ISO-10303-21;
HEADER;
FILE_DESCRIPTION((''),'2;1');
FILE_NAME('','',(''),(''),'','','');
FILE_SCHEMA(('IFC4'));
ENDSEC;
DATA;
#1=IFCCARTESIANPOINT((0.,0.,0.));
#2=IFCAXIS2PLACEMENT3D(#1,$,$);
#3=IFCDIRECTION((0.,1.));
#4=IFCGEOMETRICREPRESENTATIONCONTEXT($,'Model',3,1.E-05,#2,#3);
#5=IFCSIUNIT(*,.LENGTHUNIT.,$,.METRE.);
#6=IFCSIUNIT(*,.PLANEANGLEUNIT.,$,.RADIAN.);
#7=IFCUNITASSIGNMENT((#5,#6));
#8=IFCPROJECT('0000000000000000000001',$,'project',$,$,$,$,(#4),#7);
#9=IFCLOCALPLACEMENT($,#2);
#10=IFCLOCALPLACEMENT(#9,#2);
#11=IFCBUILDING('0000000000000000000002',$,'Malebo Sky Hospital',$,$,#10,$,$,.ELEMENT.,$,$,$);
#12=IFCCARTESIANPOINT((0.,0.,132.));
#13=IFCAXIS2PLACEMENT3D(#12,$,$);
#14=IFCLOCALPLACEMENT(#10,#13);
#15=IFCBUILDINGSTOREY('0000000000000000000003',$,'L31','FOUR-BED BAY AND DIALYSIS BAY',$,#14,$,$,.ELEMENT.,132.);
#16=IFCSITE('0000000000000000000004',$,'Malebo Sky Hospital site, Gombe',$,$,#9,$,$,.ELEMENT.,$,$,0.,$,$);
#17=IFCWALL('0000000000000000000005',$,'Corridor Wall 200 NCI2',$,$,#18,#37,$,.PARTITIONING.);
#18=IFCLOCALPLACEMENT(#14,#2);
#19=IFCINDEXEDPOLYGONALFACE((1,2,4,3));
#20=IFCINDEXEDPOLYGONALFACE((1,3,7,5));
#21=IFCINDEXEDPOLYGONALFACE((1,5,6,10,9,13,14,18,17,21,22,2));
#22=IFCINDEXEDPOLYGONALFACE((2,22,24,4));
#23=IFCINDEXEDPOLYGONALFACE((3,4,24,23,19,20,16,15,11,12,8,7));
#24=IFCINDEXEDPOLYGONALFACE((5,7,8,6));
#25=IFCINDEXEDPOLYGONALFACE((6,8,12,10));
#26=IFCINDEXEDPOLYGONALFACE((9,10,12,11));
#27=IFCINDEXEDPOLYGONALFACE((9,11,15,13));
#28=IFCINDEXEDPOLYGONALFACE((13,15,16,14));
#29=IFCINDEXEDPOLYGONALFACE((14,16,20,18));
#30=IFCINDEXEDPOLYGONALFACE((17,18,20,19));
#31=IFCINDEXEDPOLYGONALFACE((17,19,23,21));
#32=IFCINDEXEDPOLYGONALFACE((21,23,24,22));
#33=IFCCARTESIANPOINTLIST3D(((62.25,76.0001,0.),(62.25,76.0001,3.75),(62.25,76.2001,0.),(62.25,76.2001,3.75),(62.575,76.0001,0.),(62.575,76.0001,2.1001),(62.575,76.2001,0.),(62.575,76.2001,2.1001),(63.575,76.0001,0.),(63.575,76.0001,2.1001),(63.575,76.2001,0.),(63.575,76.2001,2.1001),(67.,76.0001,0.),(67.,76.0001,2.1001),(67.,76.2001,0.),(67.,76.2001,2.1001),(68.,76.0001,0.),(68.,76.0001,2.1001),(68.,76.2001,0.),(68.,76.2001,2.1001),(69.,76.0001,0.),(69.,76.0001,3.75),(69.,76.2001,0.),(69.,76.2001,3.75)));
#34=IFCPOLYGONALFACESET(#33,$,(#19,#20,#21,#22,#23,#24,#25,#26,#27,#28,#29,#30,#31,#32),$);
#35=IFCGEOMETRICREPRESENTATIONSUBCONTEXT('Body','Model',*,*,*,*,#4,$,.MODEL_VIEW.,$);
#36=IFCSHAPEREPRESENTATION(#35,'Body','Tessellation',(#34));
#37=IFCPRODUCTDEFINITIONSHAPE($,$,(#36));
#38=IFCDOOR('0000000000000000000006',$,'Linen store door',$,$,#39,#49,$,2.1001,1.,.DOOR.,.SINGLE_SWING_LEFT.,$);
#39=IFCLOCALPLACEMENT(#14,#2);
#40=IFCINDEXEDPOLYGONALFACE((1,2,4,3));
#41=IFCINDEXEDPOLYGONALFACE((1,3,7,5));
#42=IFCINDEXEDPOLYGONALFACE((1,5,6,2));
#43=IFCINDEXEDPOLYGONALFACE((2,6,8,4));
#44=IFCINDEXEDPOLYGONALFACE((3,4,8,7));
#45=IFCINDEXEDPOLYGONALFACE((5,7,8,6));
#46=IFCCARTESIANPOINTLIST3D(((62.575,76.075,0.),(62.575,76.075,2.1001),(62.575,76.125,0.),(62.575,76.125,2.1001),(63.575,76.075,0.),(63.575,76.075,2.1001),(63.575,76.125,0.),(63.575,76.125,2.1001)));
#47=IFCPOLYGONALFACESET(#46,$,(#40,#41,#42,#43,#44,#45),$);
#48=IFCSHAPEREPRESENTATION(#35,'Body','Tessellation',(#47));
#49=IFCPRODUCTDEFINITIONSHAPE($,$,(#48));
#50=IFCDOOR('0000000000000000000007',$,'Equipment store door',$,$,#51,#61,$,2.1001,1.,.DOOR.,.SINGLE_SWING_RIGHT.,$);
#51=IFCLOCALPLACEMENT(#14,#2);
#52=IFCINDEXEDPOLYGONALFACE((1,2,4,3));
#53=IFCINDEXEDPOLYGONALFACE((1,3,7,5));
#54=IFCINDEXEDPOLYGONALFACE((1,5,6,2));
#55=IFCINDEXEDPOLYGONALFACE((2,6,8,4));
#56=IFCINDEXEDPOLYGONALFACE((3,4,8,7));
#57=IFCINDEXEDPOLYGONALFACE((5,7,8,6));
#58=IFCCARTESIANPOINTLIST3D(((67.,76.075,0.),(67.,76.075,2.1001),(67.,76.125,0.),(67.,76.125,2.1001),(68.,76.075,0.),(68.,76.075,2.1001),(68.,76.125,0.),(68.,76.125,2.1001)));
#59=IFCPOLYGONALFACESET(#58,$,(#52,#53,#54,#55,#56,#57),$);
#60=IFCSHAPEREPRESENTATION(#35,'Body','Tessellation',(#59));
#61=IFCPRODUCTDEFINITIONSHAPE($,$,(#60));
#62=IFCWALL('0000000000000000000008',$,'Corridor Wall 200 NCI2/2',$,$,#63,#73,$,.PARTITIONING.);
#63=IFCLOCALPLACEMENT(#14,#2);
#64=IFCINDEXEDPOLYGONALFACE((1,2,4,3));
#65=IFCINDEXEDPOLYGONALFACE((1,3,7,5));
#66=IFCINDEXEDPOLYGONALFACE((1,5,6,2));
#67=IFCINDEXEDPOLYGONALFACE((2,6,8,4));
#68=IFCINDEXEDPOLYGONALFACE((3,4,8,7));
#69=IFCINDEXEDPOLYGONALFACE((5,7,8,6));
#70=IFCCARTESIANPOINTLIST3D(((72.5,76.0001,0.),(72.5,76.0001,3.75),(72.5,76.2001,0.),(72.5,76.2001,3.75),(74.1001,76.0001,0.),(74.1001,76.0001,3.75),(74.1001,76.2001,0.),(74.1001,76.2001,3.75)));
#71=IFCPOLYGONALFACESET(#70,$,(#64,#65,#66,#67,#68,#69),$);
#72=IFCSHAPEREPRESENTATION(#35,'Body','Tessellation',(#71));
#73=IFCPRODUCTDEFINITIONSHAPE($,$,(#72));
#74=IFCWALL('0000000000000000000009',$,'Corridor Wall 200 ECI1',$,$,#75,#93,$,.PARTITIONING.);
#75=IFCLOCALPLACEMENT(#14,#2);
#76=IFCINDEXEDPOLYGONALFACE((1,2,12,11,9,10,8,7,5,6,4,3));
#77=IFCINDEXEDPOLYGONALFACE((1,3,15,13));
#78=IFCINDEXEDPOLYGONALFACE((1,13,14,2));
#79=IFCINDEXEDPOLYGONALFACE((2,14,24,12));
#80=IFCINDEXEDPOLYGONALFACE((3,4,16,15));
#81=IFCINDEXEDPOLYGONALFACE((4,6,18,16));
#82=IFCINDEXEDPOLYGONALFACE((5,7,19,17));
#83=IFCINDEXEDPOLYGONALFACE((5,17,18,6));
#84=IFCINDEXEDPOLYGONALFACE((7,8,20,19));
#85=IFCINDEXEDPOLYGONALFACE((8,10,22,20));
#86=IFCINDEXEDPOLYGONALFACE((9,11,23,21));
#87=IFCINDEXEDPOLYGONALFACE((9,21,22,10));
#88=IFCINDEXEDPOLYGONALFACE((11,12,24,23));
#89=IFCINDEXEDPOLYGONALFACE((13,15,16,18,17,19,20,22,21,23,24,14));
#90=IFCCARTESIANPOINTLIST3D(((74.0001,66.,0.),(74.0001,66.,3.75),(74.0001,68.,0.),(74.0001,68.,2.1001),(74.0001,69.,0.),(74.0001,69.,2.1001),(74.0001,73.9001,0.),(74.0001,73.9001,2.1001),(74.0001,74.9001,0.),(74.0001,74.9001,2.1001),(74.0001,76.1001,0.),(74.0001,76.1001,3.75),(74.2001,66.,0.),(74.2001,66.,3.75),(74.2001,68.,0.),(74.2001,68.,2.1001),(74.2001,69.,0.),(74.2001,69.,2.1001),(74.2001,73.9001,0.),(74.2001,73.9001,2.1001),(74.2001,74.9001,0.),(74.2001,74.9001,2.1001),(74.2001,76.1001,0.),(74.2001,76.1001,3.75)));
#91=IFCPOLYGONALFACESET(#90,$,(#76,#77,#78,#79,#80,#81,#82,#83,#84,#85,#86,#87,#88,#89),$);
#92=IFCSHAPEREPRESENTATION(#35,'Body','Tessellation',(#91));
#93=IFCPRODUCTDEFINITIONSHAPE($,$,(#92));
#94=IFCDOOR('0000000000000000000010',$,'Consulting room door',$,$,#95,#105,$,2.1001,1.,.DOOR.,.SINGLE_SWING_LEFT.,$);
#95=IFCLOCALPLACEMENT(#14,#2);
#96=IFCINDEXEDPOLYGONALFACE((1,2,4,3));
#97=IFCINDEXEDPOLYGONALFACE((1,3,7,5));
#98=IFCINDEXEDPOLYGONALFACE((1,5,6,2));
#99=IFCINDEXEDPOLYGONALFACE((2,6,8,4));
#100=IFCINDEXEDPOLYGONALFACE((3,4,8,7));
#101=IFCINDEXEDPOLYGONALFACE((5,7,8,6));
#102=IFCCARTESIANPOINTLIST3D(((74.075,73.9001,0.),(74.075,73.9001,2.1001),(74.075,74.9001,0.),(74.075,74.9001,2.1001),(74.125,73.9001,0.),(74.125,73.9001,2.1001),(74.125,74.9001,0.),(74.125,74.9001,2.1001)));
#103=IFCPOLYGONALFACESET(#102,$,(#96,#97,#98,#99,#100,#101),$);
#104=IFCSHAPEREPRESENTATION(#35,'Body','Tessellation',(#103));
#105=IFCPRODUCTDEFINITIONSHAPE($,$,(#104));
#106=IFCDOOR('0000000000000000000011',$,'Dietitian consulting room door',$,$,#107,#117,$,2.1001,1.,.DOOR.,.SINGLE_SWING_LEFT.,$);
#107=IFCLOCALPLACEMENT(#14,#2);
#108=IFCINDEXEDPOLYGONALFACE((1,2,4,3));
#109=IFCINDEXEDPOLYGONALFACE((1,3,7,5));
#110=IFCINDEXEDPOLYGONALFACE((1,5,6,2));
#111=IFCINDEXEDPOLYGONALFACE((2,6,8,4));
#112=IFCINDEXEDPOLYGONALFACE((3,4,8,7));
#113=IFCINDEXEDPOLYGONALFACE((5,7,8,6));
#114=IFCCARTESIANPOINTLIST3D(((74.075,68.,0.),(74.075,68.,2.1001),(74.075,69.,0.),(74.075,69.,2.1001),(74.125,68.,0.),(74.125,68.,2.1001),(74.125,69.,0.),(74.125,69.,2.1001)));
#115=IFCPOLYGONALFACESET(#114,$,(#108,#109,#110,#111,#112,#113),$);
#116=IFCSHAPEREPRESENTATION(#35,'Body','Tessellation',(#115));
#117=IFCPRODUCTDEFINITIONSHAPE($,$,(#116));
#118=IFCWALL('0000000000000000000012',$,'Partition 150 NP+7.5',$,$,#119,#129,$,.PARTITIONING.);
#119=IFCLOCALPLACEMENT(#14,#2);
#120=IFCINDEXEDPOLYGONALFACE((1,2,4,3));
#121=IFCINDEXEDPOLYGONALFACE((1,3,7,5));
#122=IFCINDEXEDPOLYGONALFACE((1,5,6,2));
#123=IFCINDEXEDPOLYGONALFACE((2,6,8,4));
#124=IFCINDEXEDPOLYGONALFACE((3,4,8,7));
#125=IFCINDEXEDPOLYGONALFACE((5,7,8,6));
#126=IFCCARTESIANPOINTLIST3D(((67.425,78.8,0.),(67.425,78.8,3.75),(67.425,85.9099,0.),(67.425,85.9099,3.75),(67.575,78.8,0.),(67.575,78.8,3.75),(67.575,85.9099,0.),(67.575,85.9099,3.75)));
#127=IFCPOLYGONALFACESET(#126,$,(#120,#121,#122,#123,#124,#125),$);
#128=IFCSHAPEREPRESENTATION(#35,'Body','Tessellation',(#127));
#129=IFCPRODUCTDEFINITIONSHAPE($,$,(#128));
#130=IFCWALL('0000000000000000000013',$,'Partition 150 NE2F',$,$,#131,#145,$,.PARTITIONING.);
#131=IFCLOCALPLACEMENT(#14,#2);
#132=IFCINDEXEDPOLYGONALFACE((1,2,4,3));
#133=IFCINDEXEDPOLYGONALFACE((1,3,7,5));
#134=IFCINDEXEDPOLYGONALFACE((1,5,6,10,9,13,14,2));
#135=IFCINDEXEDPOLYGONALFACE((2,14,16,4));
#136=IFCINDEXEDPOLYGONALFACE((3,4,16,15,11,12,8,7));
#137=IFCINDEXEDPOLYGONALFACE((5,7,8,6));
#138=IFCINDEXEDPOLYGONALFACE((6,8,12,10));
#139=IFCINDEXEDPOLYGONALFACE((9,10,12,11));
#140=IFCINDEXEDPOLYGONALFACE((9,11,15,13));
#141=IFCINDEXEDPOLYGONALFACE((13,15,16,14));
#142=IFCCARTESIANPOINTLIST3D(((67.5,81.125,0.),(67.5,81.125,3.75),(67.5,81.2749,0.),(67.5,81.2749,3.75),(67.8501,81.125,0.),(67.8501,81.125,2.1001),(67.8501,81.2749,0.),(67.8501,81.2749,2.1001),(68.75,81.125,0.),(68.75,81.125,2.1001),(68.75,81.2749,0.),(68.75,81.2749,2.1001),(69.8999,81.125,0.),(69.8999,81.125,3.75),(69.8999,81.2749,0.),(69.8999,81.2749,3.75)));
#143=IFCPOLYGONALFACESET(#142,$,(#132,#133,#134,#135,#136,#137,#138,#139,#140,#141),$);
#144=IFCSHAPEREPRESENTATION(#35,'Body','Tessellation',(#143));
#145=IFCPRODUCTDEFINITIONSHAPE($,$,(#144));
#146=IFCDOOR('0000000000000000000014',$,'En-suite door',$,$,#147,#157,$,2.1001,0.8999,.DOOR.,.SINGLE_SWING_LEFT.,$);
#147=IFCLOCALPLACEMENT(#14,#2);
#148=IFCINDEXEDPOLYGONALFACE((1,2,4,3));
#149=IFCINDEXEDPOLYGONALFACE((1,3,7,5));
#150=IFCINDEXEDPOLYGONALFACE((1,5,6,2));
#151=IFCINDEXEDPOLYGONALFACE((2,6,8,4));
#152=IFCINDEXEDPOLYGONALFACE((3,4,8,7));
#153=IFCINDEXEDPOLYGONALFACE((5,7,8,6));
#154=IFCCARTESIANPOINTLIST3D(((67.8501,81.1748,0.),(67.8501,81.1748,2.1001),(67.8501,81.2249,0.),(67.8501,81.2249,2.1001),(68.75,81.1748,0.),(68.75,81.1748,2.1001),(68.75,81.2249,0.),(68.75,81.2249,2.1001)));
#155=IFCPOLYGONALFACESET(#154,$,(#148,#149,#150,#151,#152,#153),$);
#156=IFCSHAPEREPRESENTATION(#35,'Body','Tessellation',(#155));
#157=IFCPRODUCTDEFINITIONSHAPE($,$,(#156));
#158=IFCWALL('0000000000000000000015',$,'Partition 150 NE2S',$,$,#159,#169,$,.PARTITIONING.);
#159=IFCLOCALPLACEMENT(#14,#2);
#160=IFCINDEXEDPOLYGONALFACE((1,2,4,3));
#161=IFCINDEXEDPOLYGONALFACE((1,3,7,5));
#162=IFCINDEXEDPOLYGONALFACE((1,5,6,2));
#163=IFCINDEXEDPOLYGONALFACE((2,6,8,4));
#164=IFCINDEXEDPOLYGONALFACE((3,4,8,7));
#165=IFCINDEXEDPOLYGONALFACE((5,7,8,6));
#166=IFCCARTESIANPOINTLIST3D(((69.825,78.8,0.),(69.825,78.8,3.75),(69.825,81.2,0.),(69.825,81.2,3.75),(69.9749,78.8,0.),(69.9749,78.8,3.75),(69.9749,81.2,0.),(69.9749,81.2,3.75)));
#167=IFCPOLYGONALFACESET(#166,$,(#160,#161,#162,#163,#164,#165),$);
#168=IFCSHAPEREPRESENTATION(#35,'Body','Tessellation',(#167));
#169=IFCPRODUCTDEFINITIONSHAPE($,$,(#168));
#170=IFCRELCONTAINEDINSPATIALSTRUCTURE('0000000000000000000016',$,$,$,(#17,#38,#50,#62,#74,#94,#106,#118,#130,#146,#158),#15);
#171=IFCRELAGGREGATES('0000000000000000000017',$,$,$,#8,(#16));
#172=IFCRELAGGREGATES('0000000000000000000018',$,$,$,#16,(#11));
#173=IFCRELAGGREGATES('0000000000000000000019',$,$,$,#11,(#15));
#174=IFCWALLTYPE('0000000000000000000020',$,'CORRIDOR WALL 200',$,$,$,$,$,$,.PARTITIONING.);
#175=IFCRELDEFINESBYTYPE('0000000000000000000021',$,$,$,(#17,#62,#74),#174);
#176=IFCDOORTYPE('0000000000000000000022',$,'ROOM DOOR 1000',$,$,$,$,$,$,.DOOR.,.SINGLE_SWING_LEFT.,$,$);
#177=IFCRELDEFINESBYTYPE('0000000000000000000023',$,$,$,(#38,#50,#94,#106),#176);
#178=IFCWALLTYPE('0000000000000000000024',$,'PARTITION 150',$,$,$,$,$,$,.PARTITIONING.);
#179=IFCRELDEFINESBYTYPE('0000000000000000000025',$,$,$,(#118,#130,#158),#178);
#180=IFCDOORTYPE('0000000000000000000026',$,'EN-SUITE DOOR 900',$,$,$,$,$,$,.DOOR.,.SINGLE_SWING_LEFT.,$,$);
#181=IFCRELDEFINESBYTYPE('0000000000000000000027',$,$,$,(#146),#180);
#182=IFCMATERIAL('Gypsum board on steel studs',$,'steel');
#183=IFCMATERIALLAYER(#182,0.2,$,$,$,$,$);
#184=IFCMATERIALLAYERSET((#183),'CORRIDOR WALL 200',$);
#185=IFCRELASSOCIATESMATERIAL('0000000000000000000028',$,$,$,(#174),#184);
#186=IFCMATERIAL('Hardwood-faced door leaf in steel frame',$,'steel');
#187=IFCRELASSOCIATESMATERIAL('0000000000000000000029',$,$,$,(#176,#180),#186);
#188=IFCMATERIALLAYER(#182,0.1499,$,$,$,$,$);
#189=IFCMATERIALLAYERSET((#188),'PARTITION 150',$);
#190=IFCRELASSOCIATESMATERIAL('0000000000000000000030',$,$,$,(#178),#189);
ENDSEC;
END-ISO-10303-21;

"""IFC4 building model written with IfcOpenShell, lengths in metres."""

from ifc_helpers import new_model, si_unit, direction, frame, frame_2d, origin, place, context, subcontext, project, spatial, rectangle, extrude, material, layer, layer_set, type_object, element, fill, save


model = new_model("IFC4")

# Units and contexts
model_context = context("Model", 3, precision=1e-05, world=origin(), true_north=direction((0.0, 1.0)))
body_context = subcontext(model_context, "Body", "Model", "MODEL_VIEW")
ifc_project = project(units=[si_unit("LENGTHUNIT", "METRE"), si_unit("PLANEANGLEUNIT", "RADIAN")], contexts=[model_context])

# Site, building, storey
site_placement = place(None, origin())
site = spatial("IfcSite", under=ifc_project, at=site_placement, Name="Malebo Sky Hospital site, Gombe", CompositionType="ELEMENT", RefElevation=0.0)
building_placement = place(site_placement, origin())
building = spatial("IfcBuilding", under=site, at=building_placement, Name="Malebo Sky Hospital", CompositionType="ELEMENT")
storey_placement = place(building_placement, frame((0.0, 0.0, 132.0)))
storey = spatial("IfcBuildingStorey", under=building, at=storey_placement, Name="L31", Description="FOUR-BED BAY AND DIALYSIS BAY", CompositionType="ELEMENT", Elevation=132.0)

# Wall, openings, doors
ifc_material_1 = material(Name="Gypsum board on steel studs", Category="steel")
ifc_layer_1 = layer(ifc_material_1, 0.2)
ifc_layer_set_1 = layer_set([ifc_layer_1], Name="CORRIDOR WALL 200")
wall_type_1 = type_object("IfcWallType", Name="CORRIDOR WALL 200", PredefinedType="PARTITIONING", material=ifc_layer_set_1)
wall_1_placement = place(storey_placement, frame((62.25, 76.1001, 0.0), z_axis=(0.0, 0.0, 1.0), x_axis=(1.0, 0.0, 0.0)))
wall_1 = element("IfcWall", 1, at=wall_1_placement, inside=storey, type_object=wall_type_1, Name="Corridor Wall 200 NCI2", PredefinedType="PARTITIONING", context=body_context, shape_type="SweptSolid", body=[
    extrude(rectangle(XDim=6.75, YDim=0.2, at=frame_2d((3.375, 0.0))), origin(), (0.0, 0.0, 1.0), 3.75),
])
opening_1_placement = place(wall_1_placement, frame((0.325, 0.0, 0.0)))
opening_1 = element("IfcOpeningElement", 2, at=opening_1_placement, cuts=wall_1, PredefinedType="OPENING", context=body_context, shape_type="SweptSolid", body=[
    extrude(rectangle(XDim=1.0, YDim=2.1001, at=frame_2d((0.5, 1.05))), frame((0.0, 0.1099, 0.0), z_axis=(0.0, -1.0, 0.0), x_axis=(1.0, 0.0, 0.0)), (0.0, 0.0, 1.0), 0.22),
])
opening_2_placement = place(wall_1_placement, frame((4.75, 0.0, 0.0)))
opening_2 = element("IfcOpeningElement", 3, at=opening_2_placement, cuts=wall_1, PredefinedType="OPENING", context=body_context, shape_type="SweptSolid", body=[
    extrude(rectangle(XDim=1.0, YDim=2.1001, at=frame_2d((0.5, 1.05))), frame((0.0, 0.1099, 0.0), z_axis=(0.0, -1.0, 0.0), x_axis=(1.0, 0.0, 0.0)), (0.0, 0.0, 1.0), 0.22),
])
ifc_material_2 = material(Name="Hardwood-faced door leaf in steel frame", Category="steel")
door_type_1 = type_object("IfcDoorType", Name="ROOM DOOR 1000", OperationType="SINGLE_SWING_LEFT", PredefinedType="DOOR", material=ifc_material_2)
door_1_placement = place(opening_1_placement, origin())
door_1 = element("IfcDoor", 4, at=door_1_placement, inside=storey, type_object=door_type_1, Name="Linen store door", OperationType="SINGLE_SWING_LEFT", OverallHeight=2.1001, OverallWidth=1.0, PredefinedType="DOOR", context=body_context, shape_type="SweptSolid", body=[
    extrude(rectangle(XDim=1.0, YDim=2.1001, at=frame_2d((0.5, 1.05))), frame((0.0, 0.0249, 0.0), z_axis=(0.0, -1.0, 0.0), x_axis=(1.0, 0.0, 0.0)), (0.0, 0.0, 1.0), 0.05),
])
fill(opening_1, door_1)
door_2_placement = place(opening_2_placement, origin())
door_2 = element("IfcDoor", 5, at=door_2_placement, inside=storey, type_object=door_type_1, Name="Equipment store door", OperationType="SINGLE_SWING_RIGHT", OverallHeight=2.1001, OverallWidth=1.0, PredefinedType="DOOR", context=body_context, shape_type="SweptSolid", body=[
    extrude(rectangle(XDim=1.0, YDim=2.1001, at=frame_2d((0.5, 1.05))), frame((0.0, 0.0249, 0.0), z_axis=(0.0, -1.0, 0.0), x_axis=(1.0, 0.0, 0.0)), (0.0, 0.0, 1.0), 0.05),
])
fill(opening_2, door_2)

# Wall
wall_2_placement = place(storey_placement, frame((72.5, 76.1001, 0.0), z_axis=(0.0, 0.0, 1.0), x_axis=(1.0, 0.0, 0.0)))
element("IfcWall", 6, at=wall_2_placement, inside=storey, type_object=wall_type_1, Name="Corridor Wall 200 NCI2/2", PredefinedType="PARTITIONING", context=body_context, shape_type="SweptSolid", body=[
    extrude(rectangle(XDim=1.6001, YDim=0.2, at=frame_2d((0.8, 0.0))), origin(), (0.0, 0.0, 1.0), 3.75),
])

# Wall, openings, doors
wall_3_placement = place(storey_placement, frame((74.1001, 76.1001, 0.0), z_axis=(0.0, 0.0, 1.0), x_axis=(0.0, -1.0, 0.0)))
wall_3 = element("IfcWall", 7, at=wall_3_placement, inside=storey, type_object=wall_type_1, Name="Corridor Wall 200 ECI1", PredefinedType="PARTITIONING", context=body_context, shape_type="SweptSolid", body=[
    extrude(rectangle(XDim=10.1001, YDim=0.2, at=frame_2d((5.05, 0.0))), origin(), (0.0, 0.0, 1.0), 3.75),
])
opening_3_placement = place(wall_3_placement, frame((1.2, 0.0, 0.0)))
opening_3 = element("IfcOpeningElement", 8, at=opening_3_placement, cuts=wall_3, PredefinedType="OPENING", context=body_context, shape_type="SweptSolid", body=[
    extrude(rectangle(XDim=1.0, YDim=2.1001, at=frame_2d((0.5, 1.05))), frame((0.0, 0.1099, 0.0), z_axis=(0.0, -1.0, 0.0), x_axis=(1.0, 0.0, 0.0)), (0.0, 0.0, 1.0), 0.22),
])
opening_4_placement = place(wall_3_placement, frame((7.1001, 0.0, 0.0)))
opening_4 = element("IfcOpeningElement", 9, at=opening_4_placement, cuts=wall_3, PredefinedType="OPENING", context=body_context, shape_type="SweptSolid", body=[
    extrude(rectangle(XDim=1.0, YDim=2.1001, at=frame_2d((0.5, 1.05))), frame((0.0, 0.1099, 0.0), z_axis=(0.0, -1.0, 0.0), x_axis=(1.0, 0.0, 0.0)), (0.0, 0.0, 1.0), 0.22),
])
door_3_placement = place(opening_3_placement, origin())
door_3 = element("IfcDoor", 10, at=door_3_placement, inside=storey, type_object=door_type_1, Name="Consulting room door", OperationType="SINGLE_SWING_LEFT", OverallHeight=2.1001, OverallWidth=1.0, PredefinedType="DOOR", context=body_context, shape_type="SweptSolid", body=[
    extrude(rectangle(XDim=1.0, YDim=2.1001, at=frame_2d((0.5, 1.05))), frame((0.0, 0.0249, 0.0), z_axis=(0.0, -1.0, 0.0), x_axis=(1.0, 0.0, 0.0)), (0.0, 0.0, 1.0), 0.05),
])
fill(opening_3, door_3)
door_4_placement = place(opening_4_placement, origin())
door_4 = element("IfcDoor", 11, at=door_4_placement, inside=storey, type_object=door_type_1, Name="Dietitian consulting room door", OperationType="SINGLE_SWING_LEFT", OverallHeight=2.1001, OverallWidth=1.0, PredefinedType="DOOR", context=body_context, shape_type="SweptSolid", body=[
    extrude(rectangle(XDim=1.0, YDim=2.1001, at=frame_2d((0.5, 1.05))), frame((0.0, 0.0249, 0.0), z_axis=(0.0, -1.0, 0.0), x_axis=(1.0, 0.0, 0.0)), (0.0, 0.0, 1.0), 0.05),
])
fill(opening_4, door_4)

# Wall
ifc_layer_2 = layer(ifc_material_1, 0.1499)
ifc_layer_set_2 = layer_set([ifc_layer_2], Name="PARTITION 150")
wall_type_2 = type_object("IfcWallType", Name="PARTITION 150", PredefinedType="PARTITIONING", material=ifc_layer_set_2)
wall_4_placement = place(storey_placement, frame((67.5, 78.8, 0.0), z_axis=(0.0, 0.0, 1.0), x_axis=(0.0, 1.0, 0.0)))
element("IfcWall", 12, at=wall_4_placement, inside=storey, type_object=wall_type_2, Name="Partition 150 NP+7.5", PredefinedType="PARTITIONING", context=body_context, shape_type="SweptSolid", body=[
    extrude(rectangle(XDim=7.1099, YDim=0.1499, at=frame_2d((3.5549, 0.0))), origin(), (0.0, 0.0, 1.0), 3.75),
])

# Wall, opening, door
wall_5_placement = place(storey_placement, frame((67.5, 81.2, 0.0), z_axis=(0.0, 0.0, 1.0), x_axis=(1.0, 0.0, 0.0)))
wall_5 = element("IfcWall", 13, at=wall_5_placement, inside=storey, type_object=wall_type_2, Name="Partition 150 NE2F", PredefinedType="PARTITIONING", context=body_context, shape_type="SweptSolid", body=[
    extrude(rectangle(XDim=2.3999, YDim=0.1499, at=frame_2d((1.2, 0.0))), origin(), (0.0, 0.0, 1.0), 3.75),
])
opening_5_placement = place(wall_5_placement, frame((0.3501, 0.0, 0.0)))
opening_5 = element("IfcOpeningElement", 14, at=opening_5_placement, cuts=wall_5, PredefinedType="OPENING", context=body_context, shape_type="SweptSolid", body=[
    extrude(rectangle(XDim=0.8999, YDim=2.1001, at=frame_2d((0.45, 1.05))), frame((0.0, 0.085, 0.0), z_axis=(0.0, -1.0, 0.0), x_axis=(1.0, 0.0, 0.0)), (0.0, 0.0, 1.0), 0.1699),
])
door_type_2 = type_object("IfcDoorType", Name="EN-SUITE DOOR 900", OperationType="SINGLE_SWING_LEFT", PredefinedType="DOOR", material=ifc_material_2)
door_5_placement = place(opening_5_placement, origin())
door_5 = element("IfcDoor", 15, at=door_5_placement, inside=storey, type_object=door_type_2, Name="En-suite door", OperationType="SINGLE_SWING_LEFT", OverallHeight=2.1001, OverallWidth=0.8999, PredefinedType="DOOR", context=body_context, shape_type="SweptSolid", body=[
    extrude(rectangle(XDim=0.8999, YDim=2.1001, at=frame_2d((0.45, 1.05))), frame((0.0, 0.0249, 0.0), z_axis=(0.0, -1.0, 0.0), x_axis=(1.0, 0.0, 0.0)), (0.0, 0.0, 1.0), 0.05),
])
fill(opening_5, door_5)

# Wall
for number, where, z_axis, x_axis, name in (
    (16, (69.8999, 78.8, 0.0), (0.0, 0.0, 1.0), (0.0, 1.0, 0.0), "Partition 150 NE2S"),
):
    element("IfcWall", number, at=place(storey_placement, frame(where, z_axis=z_axis, x_axis=x_axis)), inside=storey, type_object=wall_type_2, Name=name, PredefinedType="PARTITIONING", context=body_context, shape_type="SweptSolid", body=[
        extrude(rectangle(XDim=2.3999, YDim=0.1499, at=frame_2d((1.2, 0.0))), origin(), (0.0, 0.0, 1.0), 3.75),
    ])

save(model, "model.ifc")
